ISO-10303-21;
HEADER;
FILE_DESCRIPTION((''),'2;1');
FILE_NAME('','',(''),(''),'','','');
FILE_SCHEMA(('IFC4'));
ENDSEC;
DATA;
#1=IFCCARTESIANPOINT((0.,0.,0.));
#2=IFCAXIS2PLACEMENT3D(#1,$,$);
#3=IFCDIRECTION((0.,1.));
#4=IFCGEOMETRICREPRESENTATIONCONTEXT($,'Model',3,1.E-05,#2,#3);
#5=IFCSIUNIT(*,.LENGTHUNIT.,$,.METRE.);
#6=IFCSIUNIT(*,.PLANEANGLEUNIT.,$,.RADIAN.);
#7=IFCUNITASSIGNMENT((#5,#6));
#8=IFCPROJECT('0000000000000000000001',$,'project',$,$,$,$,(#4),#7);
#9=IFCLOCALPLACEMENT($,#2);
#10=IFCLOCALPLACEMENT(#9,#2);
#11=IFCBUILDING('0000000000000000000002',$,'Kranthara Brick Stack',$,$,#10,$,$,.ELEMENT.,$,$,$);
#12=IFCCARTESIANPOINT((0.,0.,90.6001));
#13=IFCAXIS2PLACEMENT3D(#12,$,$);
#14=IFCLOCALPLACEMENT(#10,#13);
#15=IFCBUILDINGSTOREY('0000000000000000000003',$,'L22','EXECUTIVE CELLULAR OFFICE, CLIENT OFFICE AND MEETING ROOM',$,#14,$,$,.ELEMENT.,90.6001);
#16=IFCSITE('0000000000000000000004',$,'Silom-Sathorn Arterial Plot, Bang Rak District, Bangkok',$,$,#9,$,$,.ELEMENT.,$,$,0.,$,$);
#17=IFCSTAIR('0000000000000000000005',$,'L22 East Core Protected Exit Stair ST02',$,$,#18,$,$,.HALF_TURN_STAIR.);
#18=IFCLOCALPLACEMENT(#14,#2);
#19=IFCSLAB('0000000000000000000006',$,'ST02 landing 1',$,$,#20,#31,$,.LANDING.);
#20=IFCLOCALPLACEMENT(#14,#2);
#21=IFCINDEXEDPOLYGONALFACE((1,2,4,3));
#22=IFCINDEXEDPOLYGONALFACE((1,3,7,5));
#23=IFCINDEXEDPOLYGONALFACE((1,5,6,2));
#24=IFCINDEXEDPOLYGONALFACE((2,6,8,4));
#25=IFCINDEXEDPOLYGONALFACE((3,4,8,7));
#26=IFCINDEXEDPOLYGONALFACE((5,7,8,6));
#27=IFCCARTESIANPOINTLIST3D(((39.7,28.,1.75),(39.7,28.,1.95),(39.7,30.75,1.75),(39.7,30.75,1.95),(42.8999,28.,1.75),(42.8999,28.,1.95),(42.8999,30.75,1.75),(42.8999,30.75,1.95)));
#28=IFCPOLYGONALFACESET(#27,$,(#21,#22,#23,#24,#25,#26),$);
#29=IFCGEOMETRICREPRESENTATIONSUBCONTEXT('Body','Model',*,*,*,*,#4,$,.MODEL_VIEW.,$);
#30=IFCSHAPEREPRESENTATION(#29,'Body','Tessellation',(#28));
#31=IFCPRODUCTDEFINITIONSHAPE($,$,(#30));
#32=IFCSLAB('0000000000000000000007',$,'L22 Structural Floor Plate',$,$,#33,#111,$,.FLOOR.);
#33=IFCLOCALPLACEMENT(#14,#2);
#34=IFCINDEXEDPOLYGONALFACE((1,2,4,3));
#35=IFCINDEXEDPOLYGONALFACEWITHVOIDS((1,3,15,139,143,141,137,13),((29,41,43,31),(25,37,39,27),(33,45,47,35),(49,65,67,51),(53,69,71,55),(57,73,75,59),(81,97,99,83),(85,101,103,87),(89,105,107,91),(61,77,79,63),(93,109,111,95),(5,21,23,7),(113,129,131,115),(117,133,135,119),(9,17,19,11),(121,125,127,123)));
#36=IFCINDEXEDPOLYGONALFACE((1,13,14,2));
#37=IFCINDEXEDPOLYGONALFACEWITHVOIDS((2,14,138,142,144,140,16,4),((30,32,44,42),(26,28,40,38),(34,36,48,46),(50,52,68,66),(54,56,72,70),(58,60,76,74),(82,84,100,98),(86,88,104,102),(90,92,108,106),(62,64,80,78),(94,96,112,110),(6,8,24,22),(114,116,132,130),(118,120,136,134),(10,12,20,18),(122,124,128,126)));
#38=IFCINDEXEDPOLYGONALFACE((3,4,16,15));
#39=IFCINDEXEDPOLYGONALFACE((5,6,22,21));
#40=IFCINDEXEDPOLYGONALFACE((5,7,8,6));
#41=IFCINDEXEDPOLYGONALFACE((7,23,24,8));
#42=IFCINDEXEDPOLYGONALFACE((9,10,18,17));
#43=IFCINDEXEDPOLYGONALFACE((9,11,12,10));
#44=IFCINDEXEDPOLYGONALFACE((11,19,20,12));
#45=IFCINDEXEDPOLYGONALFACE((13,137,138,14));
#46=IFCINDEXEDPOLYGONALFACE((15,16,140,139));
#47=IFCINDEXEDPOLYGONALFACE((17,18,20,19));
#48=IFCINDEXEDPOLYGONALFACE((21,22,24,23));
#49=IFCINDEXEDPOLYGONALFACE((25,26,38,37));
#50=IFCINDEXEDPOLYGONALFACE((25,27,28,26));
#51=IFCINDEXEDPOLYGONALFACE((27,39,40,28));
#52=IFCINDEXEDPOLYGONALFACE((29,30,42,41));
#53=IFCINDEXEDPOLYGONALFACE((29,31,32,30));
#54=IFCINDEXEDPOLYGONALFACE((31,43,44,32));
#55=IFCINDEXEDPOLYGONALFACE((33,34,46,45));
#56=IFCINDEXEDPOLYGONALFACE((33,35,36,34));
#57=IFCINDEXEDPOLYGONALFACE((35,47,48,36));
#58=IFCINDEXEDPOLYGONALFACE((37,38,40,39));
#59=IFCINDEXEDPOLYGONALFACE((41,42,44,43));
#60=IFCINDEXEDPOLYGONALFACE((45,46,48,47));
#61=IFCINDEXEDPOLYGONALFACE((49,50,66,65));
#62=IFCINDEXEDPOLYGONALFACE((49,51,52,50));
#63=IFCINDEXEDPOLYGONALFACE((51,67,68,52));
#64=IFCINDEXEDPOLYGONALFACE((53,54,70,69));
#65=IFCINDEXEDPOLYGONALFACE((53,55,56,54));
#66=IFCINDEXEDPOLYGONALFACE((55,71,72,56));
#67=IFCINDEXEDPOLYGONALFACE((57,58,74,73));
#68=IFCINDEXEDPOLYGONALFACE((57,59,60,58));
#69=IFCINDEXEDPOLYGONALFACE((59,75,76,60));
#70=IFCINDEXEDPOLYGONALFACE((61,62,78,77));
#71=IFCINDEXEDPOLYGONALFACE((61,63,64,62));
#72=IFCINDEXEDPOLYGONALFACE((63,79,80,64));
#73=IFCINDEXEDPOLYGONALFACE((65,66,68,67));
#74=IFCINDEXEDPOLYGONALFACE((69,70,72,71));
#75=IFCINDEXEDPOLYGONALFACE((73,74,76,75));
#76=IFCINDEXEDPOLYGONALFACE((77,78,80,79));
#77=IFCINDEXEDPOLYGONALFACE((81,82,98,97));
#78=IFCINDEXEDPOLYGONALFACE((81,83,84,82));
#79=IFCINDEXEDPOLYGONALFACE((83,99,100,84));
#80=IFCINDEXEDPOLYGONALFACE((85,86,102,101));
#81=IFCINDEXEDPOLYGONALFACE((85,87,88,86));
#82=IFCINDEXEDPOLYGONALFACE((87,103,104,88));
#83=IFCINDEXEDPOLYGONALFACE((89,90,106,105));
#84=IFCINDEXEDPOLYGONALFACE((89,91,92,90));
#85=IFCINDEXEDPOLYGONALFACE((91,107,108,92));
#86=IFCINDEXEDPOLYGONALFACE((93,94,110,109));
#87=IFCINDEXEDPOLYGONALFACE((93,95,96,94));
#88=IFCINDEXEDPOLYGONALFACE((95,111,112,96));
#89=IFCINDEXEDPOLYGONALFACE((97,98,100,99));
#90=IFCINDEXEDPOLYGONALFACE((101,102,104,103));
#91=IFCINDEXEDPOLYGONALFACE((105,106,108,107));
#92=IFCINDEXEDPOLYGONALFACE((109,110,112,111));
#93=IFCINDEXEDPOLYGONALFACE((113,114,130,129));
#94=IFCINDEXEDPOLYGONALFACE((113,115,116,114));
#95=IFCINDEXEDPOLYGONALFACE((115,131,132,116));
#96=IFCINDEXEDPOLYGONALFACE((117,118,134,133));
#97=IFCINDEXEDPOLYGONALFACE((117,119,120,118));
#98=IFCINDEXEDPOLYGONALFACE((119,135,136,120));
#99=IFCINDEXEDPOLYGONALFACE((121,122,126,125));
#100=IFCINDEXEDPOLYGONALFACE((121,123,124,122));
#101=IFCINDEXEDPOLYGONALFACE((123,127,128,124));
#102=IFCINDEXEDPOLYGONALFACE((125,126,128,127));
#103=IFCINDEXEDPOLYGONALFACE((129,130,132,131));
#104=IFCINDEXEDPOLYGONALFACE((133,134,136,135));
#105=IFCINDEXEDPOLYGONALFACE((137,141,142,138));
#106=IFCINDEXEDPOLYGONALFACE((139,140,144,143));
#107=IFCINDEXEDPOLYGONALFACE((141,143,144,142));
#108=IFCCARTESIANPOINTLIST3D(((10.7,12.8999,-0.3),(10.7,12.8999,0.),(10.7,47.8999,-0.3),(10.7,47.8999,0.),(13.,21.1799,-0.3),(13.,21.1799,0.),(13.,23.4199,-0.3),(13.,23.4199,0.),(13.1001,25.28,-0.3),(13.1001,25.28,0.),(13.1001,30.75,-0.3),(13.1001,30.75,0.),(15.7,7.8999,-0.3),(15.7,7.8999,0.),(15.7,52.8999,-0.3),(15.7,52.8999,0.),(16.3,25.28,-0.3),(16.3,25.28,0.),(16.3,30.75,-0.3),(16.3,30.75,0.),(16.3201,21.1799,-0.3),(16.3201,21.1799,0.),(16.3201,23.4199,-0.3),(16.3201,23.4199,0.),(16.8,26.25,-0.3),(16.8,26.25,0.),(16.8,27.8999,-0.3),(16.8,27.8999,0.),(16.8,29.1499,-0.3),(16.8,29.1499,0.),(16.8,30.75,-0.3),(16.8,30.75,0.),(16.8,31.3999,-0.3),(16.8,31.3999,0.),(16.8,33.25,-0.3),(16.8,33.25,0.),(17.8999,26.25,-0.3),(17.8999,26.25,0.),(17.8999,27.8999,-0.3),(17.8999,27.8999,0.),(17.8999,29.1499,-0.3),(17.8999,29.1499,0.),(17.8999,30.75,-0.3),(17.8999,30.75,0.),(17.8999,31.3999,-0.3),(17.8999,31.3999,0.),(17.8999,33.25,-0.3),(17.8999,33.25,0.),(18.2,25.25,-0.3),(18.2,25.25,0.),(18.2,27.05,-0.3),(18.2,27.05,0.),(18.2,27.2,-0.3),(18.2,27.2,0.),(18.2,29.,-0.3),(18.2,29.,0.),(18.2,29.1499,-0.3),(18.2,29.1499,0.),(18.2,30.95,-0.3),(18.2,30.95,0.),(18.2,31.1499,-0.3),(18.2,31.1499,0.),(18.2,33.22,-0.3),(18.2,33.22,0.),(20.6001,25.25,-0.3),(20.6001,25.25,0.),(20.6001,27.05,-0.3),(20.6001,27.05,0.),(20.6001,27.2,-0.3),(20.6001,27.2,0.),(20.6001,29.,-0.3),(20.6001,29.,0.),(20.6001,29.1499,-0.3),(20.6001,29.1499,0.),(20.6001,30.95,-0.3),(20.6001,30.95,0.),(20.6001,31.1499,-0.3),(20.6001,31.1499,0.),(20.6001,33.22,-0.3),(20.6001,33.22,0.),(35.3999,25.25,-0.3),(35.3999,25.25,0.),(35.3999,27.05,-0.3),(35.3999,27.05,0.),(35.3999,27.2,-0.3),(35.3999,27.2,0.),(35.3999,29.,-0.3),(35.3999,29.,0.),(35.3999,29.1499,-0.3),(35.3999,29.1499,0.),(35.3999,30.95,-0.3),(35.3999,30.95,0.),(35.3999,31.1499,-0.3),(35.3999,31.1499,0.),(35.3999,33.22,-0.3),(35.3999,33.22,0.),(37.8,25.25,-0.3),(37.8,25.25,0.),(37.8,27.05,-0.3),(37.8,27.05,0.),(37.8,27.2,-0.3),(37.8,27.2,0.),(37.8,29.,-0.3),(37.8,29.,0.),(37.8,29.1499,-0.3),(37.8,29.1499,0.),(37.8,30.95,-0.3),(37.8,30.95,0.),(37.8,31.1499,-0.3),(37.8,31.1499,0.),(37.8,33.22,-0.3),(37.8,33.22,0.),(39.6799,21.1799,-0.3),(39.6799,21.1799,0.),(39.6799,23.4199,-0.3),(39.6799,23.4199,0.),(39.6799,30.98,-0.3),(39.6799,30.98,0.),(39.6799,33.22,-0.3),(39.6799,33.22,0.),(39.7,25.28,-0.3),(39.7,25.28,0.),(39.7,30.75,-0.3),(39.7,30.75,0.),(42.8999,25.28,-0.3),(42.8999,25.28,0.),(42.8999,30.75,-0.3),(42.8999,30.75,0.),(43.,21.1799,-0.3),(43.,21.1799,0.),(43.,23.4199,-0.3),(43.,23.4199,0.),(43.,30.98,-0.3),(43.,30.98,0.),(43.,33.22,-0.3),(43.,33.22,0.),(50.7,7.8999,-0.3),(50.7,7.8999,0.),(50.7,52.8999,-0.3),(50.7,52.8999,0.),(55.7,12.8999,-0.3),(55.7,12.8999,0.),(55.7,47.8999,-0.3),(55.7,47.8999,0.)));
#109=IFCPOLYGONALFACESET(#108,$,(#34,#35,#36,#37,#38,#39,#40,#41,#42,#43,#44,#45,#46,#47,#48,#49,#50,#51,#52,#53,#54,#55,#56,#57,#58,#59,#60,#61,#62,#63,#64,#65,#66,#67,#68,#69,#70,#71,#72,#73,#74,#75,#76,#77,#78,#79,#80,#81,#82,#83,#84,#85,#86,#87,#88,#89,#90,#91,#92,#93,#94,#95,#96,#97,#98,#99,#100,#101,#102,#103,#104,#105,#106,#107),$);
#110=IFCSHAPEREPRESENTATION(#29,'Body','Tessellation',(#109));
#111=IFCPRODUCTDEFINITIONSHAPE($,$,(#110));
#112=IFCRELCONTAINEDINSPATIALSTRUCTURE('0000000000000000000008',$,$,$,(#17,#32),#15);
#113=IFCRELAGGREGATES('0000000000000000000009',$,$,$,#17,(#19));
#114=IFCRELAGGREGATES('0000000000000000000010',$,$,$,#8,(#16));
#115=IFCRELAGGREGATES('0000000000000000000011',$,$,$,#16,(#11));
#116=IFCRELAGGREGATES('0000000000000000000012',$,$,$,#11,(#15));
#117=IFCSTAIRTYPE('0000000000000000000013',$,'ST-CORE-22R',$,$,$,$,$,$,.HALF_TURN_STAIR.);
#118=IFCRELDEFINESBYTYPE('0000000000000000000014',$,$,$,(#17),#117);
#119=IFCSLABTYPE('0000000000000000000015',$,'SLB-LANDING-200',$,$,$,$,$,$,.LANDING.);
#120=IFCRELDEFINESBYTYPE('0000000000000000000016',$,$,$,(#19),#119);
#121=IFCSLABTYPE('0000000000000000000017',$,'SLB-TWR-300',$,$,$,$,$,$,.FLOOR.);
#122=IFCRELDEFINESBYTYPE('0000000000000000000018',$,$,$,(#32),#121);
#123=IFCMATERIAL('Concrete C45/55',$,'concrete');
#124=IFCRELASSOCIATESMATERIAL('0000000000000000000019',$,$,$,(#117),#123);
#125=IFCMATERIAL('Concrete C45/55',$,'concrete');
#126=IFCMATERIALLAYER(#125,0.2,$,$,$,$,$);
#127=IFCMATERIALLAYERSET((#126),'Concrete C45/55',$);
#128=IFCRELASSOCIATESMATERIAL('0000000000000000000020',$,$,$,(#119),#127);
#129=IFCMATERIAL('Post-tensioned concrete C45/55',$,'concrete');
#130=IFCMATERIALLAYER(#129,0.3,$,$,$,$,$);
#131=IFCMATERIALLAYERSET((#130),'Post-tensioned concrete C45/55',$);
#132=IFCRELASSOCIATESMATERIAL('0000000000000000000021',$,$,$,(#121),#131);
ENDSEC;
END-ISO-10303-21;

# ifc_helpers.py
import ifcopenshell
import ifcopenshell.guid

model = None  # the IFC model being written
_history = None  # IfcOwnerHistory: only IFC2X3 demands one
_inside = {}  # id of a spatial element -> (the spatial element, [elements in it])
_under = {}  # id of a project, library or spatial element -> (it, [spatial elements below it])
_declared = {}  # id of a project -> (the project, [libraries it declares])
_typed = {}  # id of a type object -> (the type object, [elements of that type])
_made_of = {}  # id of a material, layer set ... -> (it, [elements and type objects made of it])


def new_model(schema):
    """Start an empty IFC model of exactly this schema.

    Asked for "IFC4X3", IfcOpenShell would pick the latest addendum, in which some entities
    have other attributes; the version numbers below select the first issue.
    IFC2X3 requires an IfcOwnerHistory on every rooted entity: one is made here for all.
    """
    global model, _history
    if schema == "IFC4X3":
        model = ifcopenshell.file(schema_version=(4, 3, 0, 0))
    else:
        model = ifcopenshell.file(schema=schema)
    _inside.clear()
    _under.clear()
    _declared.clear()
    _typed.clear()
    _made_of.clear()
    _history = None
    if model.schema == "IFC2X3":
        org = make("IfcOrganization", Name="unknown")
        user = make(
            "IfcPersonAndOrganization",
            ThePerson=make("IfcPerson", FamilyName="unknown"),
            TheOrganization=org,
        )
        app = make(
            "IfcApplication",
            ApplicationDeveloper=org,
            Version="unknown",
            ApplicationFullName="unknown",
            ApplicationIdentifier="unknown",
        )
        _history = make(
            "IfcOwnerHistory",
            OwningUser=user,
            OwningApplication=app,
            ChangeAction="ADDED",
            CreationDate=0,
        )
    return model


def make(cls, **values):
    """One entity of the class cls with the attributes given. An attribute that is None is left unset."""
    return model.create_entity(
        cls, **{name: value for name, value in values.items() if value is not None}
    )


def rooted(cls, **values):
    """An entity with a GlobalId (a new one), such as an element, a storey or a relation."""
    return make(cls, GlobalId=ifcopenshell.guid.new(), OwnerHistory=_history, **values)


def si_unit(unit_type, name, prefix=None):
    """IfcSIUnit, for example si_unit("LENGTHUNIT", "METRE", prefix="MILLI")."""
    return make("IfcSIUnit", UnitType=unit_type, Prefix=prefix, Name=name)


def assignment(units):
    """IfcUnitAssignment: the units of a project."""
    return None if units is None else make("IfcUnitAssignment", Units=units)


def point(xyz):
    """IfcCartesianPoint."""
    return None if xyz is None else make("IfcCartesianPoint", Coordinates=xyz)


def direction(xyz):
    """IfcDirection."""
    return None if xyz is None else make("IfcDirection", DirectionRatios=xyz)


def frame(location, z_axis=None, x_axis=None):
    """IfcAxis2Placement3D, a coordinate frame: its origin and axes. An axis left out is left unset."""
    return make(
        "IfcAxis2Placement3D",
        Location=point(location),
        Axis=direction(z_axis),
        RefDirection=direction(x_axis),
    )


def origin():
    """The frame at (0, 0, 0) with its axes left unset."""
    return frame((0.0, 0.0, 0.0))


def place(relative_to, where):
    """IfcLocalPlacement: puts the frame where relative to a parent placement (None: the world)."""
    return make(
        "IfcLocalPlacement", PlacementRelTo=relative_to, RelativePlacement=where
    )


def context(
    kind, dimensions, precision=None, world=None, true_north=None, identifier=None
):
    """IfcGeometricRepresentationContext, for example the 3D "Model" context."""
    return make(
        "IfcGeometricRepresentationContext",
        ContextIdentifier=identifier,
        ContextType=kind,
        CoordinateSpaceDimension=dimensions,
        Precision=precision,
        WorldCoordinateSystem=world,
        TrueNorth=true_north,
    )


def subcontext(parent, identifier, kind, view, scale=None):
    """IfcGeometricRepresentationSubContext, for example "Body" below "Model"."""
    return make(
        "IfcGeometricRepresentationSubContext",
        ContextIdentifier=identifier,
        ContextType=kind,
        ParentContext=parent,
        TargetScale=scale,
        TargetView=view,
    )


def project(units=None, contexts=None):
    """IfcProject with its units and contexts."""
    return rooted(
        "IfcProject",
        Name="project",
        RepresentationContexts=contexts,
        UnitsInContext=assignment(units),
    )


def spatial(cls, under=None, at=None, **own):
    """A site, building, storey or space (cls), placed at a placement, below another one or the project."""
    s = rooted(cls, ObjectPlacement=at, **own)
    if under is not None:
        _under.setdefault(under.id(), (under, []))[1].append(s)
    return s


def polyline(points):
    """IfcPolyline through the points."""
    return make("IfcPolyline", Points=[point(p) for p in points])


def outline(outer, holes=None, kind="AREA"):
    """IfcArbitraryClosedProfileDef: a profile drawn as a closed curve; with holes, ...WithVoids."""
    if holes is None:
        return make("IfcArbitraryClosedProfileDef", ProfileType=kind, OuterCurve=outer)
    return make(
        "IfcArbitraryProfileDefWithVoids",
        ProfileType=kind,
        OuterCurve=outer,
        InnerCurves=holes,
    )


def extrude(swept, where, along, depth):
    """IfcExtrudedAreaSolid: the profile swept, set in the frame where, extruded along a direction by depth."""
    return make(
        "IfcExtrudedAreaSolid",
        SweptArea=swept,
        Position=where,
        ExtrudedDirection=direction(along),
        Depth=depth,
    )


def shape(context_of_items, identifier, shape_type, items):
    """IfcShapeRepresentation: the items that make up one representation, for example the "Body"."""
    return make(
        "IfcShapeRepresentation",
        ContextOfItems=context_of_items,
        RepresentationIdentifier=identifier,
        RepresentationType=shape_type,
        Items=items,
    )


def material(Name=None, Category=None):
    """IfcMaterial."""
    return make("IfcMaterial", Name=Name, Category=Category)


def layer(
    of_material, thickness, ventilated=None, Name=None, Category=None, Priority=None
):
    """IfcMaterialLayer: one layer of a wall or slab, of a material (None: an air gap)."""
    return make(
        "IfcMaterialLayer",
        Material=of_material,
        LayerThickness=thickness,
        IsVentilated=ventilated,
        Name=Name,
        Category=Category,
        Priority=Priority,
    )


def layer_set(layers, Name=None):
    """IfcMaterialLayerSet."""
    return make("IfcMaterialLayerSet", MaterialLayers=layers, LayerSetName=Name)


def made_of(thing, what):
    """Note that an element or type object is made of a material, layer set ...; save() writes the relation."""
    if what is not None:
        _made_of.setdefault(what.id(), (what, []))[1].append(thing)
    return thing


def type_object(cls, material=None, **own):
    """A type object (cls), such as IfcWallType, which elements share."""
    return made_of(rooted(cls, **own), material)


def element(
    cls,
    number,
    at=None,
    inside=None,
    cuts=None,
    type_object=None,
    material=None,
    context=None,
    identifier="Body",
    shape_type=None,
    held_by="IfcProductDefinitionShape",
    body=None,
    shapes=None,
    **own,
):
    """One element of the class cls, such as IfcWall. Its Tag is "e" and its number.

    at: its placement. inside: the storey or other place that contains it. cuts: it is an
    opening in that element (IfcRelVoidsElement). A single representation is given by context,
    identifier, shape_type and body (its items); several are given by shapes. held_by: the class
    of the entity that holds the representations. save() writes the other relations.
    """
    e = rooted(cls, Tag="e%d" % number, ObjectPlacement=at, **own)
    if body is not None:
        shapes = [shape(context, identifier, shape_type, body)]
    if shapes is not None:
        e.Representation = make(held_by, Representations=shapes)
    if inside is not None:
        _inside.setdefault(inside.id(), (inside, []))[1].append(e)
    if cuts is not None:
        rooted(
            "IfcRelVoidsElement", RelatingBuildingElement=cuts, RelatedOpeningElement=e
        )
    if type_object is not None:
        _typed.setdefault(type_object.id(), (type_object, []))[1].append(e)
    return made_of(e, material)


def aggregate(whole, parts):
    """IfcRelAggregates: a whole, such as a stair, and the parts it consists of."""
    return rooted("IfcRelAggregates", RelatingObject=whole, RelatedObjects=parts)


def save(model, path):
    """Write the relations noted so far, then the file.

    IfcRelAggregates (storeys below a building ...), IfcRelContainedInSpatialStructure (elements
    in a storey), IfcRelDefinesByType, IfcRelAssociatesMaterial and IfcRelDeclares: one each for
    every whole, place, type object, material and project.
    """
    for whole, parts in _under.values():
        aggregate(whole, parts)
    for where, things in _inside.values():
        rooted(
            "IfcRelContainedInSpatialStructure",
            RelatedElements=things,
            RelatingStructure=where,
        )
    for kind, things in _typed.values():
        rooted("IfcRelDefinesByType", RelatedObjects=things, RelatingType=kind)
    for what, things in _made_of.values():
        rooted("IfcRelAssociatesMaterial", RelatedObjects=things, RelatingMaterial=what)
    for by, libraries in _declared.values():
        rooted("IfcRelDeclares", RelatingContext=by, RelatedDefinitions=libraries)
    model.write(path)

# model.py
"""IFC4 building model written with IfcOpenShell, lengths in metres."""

from ifc_helpers import new_model, si_unit, direction, frame, origin, place, context, subcontext, project, spatial, polyline, outline, extrude, material, layer, layer_set, type_object, element, aggregate, save


model = new_model("IFC4")

# Units and contexts
model_context = context("Model", 3, precision=1e-05, world=origin(), true_north=direction((0.0, 1.0)))
body_context = subcontext(model_context, "Body", "Model", "MODEL_VIEW")
ifc_project = project(units=[si_unit("LENGTHUNIT", "METRE"), si_unit("PLANEANGLEUNIT", "RADIAN")], contexts=[model_context])

# Site, building, storey
site_placement = place(None, origin())
site = spatial("IfcSite", under=ifc_project, at=site_placement, Name="Silom-Sathorn Arterial Plot, Bang Rak District, Bangkok", CompositionType="ELEMENT", RefElevation=0.0)
building_placement = place(site_placement, origin())
building = spatial("IfcBuilding", under=site, at=building_placement, Name="Kranthara Brick Stack", CompositionType="ELEMENT")
storey_placement = place(building_placement, frame((0.0, 0.0, 90.6001)))
storey = spatial("IfcBuildingStorey", under=building, at=storey_placement, Name="L22", Description="EXECUTIVE CELLULAR OFFICE, CLIENT OFFICE AND MEETING ROOM", CompositionType="ELEMENT", Elevation=90.6001)

# Stair, slab
ifc_material_1 = material(Name="Concrete C45/55", Category="concrete")
stair_type = type_object("IfcStairType", Name="ST-CORE-22R", PredefinedType="HALF_TURN_STAIR", material=ifc_material_1)
ifc_material_2 = material(Name="Concrete C45/55", Category="concrete")
ifc_layer_1 = layer(ifc_material_2, 0.2)
ifc_layer_set_1 = layer_set([ifc_layer_1], Name="Concrete C45/55")
slab_type_1 = type_object("IfcSlabType", Name="SLB-LANDING-200", PredefinedType="LANDING", material=ifc_layer_set_1)
stair_1_placement = place(storey_placement, origin())
stair_1 = element("IfcStair", 1, at=stair_1_placement, inside=storey, type_object=stair_type, Name="L22 East Core Protected Exit Stair ST02", PredefinedType="HALF_TURN_STAIR")
slab_1_placement = place(storey_placement, frame((0.0, 0.0, 1.75)))
slab_1 = element("IfcSlab", 2, at=slab_1_placement, type_object=slab_type_1, Name="ST02 landing 1", PredefinedType="LANDING", context=body_context, shape_type="SweptSolid", body=[
    extrude(outline(polyline([(42.8999, 28.0), (42.8999, 30.75), (39.7, 30.75), (39.7, 28.0), (42.8999, 28.0)])), origin(), (0.0, 0.0, 1.0), 0.2),
])
aggregate(stair_1, [slab_1])

# Slab
ifc_material_3 = material(Name="Post-tensioned concrete C45/55", Category="concrete")
ifc_layer_2 = layer(ifc_material_3, 0.3)
ifc_layer_set_2 = layer_set([ifc_layer_2], Name="Post-tensioned concrete C45/55")
slab_type_2 = type_object("IfcSlabType", Name="SLB-TWR-300", PredefinedType="FLOOR", material=ifc_layer_set_2)
slab_2_placement = place(storey_placement, frame((0.0, 0.0, -0.3)))
element("IfcSlab", 3, at=slab_2_placement, inside=storey, type_object=slab_type_2, Name="L22 Structural Floor Plate", PredefinedType="FLOOR", context=body_context, shape_type="SweptSolid", body=[
    extrude(outline(polyline([(15.7, 7.8999), (50.7, 7.8999), (55.7, 12.8999), (55.7, 47.8999), (50.7, 52.8999), (15.7, 52.8999), (10.7, 47.8999), (10.7, 12.8999), (15.7, 7.8999)]), holes=[polyline([(13.1001, 25.28), (16.3, 25.28), (16.3, 30.75), (13.1001, 30.75), (13.1001, 25.28)]), polyline([(39.7, 25.28), (42.8999, 25.28), (42.8999, 30.75), (39.7, 30.75), (39.7, 25.28)]), polyline([(13.0, 21.1799), (16.3201, 21.1799), (16.3201, 23.4199), (13.0, 23.4199), (13.0, 21.1799)]), polyline([(39.6799, 21.1799), (43.0, 21.1799), (43.0, 23.4199), (39.6799, 23.4199), (39.6799, 21.1799)]), polyline([(39.6799, 30.98), (43.0, 30.98), (43.0, 33.22), (39.6799, 33.22), (39.6799, 30.98)]), polyline([(18.2, 25.25), (20.6001, 25.25), (20.6001, 27.05), (18.2, 27.05), (18.2, 25.25)]), polyline([(18.2, 27.2), (20.6001, 27.2), (20.6001, 29.0), (18.2, 29.0), (18.2, 27.2)]), polyline([(18.2, 29.1499), (20.6001, 29.1499), (20.6001, 30.95), (18.2, 30.95), (18.2, 29.1499)]), polyline([(35.3999, 25.25), (37.8, 25.25), (37.8, 27.05), (35.3999, 27.05), (35.3999, 25.25)]), polyline([(35.3999, 27.2), (37.8, 27.2), (37.8, 29.0), (35.3999, 29.0), (35.3999, 27.2)]), polyline([(35.3999, 29.1499), (37.8, 29.1499), (37.8, 30.95), (35.3999, 30.95), (35.3999, 29.1499)]), polyline([(18.2, 31.1499), (20.6001, 31.1499), (20.6001, 33.22), (18.2, 33.22), (18.2, 31.1499)]), polyline([(35.3999, 31.1499), (37.8, 31.1499), (37.8, 33.22), (35.3999, 33.22), (35.3999, 31.1499)]), polyline([(16.8, 26.25), (17.8999, 26.25), (17.8999, 27.8999), (16.8, 27.8999), (16.8, 26.25)]), polyline([(16.8, 29.1499), (17.8999, 29.1499), (17.8999, 30.75), (16.8, 30.75), (16.8, 29.1499)]), polyline([(16.8, 31.3999), (17.8999, 31.3999), (17.8999, 33.25), (16.8, 33.25), (16.8, 31.3999)])]), origin(), (0.0, 0.0, 1.0), 0.3),
])

save(model, "model.ifc")
